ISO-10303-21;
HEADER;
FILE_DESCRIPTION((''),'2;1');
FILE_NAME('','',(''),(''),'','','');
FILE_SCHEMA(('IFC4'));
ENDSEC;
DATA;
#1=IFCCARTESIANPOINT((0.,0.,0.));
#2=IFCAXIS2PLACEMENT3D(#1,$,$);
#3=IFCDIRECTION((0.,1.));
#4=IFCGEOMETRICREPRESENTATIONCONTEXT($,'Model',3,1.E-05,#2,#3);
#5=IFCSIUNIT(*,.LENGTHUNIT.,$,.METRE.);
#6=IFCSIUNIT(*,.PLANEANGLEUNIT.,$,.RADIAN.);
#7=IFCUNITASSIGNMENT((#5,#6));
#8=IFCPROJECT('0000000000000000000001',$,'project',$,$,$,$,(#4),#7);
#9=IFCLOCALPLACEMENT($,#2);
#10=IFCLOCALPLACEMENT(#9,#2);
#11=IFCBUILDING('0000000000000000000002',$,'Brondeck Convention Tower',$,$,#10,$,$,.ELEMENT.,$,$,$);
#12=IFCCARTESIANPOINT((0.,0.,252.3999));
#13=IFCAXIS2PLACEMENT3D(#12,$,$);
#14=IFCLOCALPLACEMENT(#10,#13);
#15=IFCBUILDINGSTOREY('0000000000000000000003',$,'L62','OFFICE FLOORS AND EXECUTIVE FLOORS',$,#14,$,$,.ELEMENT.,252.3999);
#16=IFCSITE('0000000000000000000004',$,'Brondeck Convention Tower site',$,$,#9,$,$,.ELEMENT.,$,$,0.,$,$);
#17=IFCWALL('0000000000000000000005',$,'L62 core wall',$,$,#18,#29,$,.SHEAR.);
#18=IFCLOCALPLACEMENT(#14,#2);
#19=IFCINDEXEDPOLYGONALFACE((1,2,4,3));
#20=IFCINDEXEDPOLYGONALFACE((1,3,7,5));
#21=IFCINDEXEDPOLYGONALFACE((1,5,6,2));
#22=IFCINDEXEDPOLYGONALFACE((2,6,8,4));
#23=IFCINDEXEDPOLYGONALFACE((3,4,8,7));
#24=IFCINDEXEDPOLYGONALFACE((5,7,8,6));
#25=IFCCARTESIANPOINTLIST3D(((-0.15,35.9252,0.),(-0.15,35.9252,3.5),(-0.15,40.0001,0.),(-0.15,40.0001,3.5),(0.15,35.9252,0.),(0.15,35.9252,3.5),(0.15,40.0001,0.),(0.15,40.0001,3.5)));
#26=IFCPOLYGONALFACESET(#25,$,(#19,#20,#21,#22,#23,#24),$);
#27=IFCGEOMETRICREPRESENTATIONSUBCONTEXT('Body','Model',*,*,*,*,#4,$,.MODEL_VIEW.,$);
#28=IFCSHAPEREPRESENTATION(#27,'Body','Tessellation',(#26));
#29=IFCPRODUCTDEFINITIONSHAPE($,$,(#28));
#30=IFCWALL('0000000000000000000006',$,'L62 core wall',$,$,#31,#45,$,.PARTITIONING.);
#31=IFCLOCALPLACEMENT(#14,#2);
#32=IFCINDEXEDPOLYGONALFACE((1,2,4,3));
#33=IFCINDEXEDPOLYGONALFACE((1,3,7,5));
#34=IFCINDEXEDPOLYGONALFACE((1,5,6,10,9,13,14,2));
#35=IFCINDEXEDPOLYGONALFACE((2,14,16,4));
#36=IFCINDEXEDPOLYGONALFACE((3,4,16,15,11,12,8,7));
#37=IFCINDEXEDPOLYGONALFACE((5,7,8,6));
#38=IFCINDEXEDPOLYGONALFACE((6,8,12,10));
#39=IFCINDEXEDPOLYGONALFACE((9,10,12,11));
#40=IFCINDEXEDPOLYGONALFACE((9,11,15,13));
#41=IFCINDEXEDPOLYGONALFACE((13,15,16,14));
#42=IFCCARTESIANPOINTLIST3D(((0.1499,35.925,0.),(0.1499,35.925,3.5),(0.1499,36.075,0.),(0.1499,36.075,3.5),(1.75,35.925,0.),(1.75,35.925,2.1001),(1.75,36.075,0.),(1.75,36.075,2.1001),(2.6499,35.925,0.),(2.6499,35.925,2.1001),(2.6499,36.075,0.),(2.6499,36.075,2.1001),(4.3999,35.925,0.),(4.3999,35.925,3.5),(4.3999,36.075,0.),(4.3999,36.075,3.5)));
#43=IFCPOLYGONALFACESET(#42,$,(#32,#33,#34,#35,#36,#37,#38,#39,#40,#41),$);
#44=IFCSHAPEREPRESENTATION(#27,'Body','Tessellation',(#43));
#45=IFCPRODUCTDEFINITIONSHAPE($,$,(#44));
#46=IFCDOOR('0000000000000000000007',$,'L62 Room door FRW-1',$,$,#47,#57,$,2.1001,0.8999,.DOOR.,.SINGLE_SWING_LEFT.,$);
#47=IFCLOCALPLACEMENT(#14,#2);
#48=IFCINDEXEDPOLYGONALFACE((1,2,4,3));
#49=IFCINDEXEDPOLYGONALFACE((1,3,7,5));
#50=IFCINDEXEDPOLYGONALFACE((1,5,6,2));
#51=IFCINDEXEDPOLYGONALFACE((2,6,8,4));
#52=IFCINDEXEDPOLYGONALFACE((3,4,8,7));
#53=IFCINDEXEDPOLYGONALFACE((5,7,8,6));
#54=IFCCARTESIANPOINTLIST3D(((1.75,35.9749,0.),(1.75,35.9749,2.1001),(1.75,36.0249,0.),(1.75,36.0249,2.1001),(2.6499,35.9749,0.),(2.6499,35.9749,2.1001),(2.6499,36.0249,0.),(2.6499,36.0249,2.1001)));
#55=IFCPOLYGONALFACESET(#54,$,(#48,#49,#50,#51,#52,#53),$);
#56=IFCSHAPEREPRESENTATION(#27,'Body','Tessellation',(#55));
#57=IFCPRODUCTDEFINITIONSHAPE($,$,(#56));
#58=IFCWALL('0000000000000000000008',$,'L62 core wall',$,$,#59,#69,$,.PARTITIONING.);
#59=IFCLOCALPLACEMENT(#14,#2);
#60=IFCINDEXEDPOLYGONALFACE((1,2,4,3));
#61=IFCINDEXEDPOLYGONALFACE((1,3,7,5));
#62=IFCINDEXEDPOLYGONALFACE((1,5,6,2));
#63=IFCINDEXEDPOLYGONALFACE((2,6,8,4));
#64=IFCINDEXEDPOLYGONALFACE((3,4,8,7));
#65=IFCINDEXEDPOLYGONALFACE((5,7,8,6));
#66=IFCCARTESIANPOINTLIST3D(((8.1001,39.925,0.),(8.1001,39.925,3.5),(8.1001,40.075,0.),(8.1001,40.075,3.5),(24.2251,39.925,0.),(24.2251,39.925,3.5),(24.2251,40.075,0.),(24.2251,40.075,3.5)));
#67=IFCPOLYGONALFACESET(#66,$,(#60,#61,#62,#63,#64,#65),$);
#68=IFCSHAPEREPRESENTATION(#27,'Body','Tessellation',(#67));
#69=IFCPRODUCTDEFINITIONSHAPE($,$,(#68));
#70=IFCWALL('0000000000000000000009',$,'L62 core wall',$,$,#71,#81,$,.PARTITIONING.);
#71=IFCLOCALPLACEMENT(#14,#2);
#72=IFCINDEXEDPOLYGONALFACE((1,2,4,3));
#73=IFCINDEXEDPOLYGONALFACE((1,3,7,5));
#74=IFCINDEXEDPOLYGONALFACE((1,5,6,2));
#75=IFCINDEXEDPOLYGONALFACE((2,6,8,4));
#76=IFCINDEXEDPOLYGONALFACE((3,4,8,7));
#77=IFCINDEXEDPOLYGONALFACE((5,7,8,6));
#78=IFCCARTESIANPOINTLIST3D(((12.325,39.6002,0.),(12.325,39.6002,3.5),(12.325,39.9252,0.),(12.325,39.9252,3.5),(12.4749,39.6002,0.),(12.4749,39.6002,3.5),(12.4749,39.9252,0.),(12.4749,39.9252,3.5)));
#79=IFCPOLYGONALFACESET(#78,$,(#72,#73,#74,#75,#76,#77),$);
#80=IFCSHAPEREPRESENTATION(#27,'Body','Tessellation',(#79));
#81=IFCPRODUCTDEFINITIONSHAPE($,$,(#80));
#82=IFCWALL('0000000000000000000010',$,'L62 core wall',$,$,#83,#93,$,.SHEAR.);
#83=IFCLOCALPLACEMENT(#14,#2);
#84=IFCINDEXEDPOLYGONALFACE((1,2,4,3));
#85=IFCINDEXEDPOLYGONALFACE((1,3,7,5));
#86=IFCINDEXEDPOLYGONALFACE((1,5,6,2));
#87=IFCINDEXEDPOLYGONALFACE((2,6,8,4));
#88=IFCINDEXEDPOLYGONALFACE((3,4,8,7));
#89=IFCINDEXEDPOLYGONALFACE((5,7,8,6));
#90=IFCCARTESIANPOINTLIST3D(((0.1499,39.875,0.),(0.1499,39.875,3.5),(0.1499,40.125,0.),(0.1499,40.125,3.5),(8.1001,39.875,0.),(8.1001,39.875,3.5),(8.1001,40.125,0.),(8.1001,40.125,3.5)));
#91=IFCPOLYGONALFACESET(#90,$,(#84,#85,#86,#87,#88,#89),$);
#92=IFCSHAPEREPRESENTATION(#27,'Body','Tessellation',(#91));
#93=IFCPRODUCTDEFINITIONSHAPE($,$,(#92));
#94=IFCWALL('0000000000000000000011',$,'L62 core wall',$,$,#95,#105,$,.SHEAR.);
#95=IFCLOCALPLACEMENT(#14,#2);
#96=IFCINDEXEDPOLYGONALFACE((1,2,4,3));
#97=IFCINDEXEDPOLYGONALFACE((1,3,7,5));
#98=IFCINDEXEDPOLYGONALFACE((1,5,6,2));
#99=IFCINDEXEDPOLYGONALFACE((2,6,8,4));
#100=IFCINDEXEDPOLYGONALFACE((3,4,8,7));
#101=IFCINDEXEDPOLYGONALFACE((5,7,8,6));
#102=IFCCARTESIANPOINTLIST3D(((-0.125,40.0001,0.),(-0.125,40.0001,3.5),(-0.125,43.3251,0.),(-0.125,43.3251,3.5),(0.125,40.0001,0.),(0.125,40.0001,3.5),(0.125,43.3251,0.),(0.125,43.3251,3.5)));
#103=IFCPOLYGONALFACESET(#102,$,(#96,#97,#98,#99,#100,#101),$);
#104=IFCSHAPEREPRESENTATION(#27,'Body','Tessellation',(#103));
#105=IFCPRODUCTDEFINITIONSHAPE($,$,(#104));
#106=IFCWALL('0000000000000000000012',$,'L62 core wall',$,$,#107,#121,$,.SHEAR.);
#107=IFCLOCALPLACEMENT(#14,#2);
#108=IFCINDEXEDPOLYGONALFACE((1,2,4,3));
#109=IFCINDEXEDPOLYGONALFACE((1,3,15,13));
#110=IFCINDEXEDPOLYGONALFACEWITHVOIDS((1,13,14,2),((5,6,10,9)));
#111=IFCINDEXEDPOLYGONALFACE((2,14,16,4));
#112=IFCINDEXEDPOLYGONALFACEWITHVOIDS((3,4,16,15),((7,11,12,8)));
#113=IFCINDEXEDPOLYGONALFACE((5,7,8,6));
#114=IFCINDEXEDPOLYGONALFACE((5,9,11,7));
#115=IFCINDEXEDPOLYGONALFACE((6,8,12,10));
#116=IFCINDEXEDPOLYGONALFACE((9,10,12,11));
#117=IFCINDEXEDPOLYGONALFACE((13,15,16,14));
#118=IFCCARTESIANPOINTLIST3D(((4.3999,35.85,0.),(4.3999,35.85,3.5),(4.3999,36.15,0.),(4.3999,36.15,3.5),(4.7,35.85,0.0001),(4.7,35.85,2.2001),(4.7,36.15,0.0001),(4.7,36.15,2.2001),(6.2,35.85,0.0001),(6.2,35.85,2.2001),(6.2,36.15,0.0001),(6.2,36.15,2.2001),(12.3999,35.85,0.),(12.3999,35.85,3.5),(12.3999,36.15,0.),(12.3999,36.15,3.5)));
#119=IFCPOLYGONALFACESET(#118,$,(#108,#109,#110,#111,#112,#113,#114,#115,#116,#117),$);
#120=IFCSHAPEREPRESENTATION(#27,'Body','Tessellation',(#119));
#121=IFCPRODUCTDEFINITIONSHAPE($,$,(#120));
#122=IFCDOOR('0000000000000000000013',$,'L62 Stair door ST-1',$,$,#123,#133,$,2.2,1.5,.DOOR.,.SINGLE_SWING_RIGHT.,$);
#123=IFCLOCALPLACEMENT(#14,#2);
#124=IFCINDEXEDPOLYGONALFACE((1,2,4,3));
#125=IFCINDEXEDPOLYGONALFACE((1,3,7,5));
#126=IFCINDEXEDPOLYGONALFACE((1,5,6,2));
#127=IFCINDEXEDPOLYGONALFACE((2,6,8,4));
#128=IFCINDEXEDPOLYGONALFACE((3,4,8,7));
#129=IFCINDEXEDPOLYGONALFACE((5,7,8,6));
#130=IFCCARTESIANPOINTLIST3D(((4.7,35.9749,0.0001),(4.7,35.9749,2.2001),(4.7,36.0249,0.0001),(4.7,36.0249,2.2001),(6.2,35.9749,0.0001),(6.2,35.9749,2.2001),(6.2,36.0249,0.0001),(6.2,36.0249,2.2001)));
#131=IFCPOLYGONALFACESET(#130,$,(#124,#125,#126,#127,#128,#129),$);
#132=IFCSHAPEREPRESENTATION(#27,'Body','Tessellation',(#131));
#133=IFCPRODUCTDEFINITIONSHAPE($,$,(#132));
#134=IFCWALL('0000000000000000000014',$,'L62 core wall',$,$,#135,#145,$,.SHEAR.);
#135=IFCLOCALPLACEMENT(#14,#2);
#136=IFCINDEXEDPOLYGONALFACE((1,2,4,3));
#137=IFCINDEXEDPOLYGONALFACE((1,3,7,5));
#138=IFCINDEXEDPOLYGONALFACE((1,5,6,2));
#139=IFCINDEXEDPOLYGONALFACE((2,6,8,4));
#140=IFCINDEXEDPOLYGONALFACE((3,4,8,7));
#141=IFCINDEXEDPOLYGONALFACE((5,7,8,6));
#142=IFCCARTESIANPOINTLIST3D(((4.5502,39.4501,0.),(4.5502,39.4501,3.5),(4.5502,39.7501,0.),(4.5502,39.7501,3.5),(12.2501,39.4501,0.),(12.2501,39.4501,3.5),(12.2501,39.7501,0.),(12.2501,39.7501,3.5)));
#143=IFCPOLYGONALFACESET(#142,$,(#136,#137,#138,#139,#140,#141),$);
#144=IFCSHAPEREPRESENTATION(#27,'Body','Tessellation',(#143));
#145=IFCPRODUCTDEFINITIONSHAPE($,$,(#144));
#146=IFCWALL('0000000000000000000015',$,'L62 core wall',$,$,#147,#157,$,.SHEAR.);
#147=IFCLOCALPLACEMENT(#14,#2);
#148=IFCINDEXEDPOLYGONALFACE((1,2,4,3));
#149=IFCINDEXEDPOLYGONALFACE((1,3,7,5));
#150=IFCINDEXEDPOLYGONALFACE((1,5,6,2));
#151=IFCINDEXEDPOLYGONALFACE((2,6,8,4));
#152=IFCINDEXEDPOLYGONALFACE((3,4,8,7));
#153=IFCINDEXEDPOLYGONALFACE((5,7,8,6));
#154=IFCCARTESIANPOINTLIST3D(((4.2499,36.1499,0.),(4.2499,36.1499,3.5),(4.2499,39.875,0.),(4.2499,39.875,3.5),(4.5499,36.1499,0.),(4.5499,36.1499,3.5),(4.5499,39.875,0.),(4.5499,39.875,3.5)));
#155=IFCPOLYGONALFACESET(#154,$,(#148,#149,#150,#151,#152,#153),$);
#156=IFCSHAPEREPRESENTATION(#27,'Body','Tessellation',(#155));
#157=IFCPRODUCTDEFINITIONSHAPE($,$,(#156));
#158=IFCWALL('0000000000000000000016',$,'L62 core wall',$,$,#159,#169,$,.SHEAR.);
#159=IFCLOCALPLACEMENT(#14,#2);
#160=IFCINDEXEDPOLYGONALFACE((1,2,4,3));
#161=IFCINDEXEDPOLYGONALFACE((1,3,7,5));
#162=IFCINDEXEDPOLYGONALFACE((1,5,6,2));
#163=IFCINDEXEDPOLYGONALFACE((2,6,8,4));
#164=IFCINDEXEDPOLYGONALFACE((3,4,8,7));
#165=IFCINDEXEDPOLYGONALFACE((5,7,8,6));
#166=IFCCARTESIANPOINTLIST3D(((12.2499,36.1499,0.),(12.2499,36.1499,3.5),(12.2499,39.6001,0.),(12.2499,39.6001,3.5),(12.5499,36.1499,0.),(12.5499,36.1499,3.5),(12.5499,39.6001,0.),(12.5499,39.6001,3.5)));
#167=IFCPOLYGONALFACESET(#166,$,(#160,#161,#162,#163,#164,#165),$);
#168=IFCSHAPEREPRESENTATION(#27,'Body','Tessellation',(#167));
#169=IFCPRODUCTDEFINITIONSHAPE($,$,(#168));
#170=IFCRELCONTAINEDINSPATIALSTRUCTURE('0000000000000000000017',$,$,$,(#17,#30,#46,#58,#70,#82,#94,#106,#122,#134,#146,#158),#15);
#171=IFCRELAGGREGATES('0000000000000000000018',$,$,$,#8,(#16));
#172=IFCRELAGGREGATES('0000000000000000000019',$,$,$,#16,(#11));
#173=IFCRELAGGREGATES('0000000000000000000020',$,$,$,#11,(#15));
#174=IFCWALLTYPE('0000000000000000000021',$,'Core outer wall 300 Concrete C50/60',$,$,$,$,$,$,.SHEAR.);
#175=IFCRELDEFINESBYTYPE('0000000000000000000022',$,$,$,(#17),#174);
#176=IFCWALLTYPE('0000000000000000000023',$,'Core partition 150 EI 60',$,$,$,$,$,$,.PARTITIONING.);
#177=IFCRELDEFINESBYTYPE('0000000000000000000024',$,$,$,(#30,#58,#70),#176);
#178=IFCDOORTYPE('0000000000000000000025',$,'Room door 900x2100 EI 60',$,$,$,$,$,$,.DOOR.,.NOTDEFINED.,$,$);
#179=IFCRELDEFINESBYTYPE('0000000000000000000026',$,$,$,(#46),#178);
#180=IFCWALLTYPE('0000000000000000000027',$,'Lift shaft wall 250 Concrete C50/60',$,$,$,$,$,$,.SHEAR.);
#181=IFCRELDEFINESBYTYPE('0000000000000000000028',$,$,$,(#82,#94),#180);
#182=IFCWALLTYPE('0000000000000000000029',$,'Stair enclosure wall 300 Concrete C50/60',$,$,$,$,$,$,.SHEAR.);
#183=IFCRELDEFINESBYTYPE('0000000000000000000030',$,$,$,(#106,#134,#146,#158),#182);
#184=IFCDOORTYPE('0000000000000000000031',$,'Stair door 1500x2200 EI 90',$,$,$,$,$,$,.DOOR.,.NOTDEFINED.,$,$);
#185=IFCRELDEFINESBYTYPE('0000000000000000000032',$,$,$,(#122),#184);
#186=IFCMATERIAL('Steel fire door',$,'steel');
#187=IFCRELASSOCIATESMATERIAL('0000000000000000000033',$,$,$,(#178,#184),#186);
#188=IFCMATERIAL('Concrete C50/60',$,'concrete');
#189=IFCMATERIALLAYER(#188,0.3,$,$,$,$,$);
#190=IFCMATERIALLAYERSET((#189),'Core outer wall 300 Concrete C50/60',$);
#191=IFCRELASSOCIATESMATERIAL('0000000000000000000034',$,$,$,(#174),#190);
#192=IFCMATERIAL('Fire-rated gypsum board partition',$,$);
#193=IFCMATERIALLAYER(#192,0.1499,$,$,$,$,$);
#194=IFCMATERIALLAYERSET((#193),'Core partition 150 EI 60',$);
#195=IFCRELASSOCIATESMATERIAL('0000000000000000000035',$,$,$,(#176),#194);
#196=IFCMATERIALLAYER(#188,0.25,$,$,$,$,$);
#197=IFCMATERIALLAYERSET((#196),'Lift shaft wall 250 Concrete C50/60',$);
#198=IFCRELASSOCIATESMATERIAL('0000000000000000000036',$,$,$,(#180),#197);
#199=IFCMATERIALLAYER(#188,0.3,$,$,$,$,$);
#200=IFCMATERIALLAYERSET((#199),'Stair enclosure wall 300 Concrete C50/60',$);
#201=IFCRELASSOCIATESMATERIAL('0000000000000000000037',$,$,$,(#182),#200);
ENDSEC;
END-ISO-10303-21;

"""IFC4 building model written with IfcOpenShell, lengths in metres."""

from ifc_helpers import new_model, si_unit, direction, frame, frame_2d, origin, place, context, subcontext, project, spatial, rectangle, extrude, material, layer, layer_set, type_object, element, fill, save


model = new_model("IFC4")

# Units and contexts
model_context = context("Model", 3, precision=1e-05, world=origin(), true_north=direction((0.0, 1.0)))
body_context = subcontext(model_context, "Body", "Model", "MODEL_VIEW")
ifc_project = project(units=[si_unit("LENGTHUNIT", "METRE"), si_unit("PLANEANGLEUNIT", "RADIAN")], contexts=[model_context])

# Site, building, storey
site_placement = place(None, origin())
site = spatial("IfcSite", under=ifc_project, at=site_placement, Name="Brondeck Convention Tower site", CompositionType="ELEMENT", RefElevation=0.0)
building_placement = place(site_placement, origin())
building = spatial("IfcBuilding", under=site, at=building_placement, Name="Brondeck Convention Tower", CompositionType="ELEMENT")
storey_placement = place(building_placement, frame((0.0, 0.0, 252.3999)))
storey = spatial("IfcBuildingStorey", under=building, at=storey_placement, Name="L62", Description="OFFICE FLOORS AND EXECUTIVE FLOORS", CompositionType="ELEMENT", Elevation=252.3999)

# Shared definitions
ifc_material_1 = material(Name="Concrete C50/60", Category="concrete")

# Shared definitions
ifc_material_2 = material(Name="Steel fire door", Category="steel")
door_type_1 = type_object("IfcDoorType", Name="Room door 900x2100 EI 60", OperationType="NOTDEFINED", PredefinedType="DOOR", material=ifc_material_2)

# Wall
ifc_layer_1 = layer(ifc_material_1, 0.3)
ifc_layer_set_1 = layer_set([ifc_layer_1], Name="Core outer wall 300 Concrete C50/60")
wall_type_1 = type_object("IfcWallType", Name="Core outer wall 300 Concrete C50/60", PredefinedType="SHEAR", material=ifc_layer_set_1)
wall_1_placement = place(storey_placement, frame((0.0, 35.925, 0.0), z_axis=(0.0, 0.0, 1.0), x_axis=(0.0, 1.0, 0.0)))
element("IfcWall", 1, at=wall_1_placement, inside=storey, type_object=wall_type_1, Name="L62 core wall", PredefinedType="SHEAR", context=body_context, shape_type="SweptSolid", body=[
    extrude(rectangle(XDim=4.075, YDim=0.3, at=frame_2d((2.0376, 0.0))), origin(), (0.0, 0.0, 1.0), 3.5),
])

# Wall, opening, door
ifc_material_3 = material(Name="Fire-rated gypsum board partition")
ifc_layer_2 = layer(ifc_material_3, 0.1499)
ifc_layer_set_2 = layer_set([ifc_layer_2], Name="Core partition 150 EI 60")
wall_type_2 = type_object("IfcWallType", Name="Core partition 150 EI 60", PredefinedType="PARTITIONING", material=ifc_layer_set_2)
wall_2_placement = place(storey_placement, frame((0.1499, 36.0, 0.0), z_axis=(0.0, 0.0, 1.0), x_axis=(1.0, 0.0, 0.0)))
wall_2 = element("IfcWall", 2, at=wall_2_placement, inside=storey, type_object=wall_type_2, Name="L62 core wall", PredefinedType="PARTITIONING", context=body_context, shape_type="SweptSolid", body=[
    extrude(rectangle(XDim=4.25, YDim=0.1499, at=frame_2d((2.125, 0.0))), origin(), (0.0, 0.0, 1.0), 3.5),
])
opening_1_placement = place(wall_2_placement, frame((1.6001, 0.0, 0.0)))
opening_1 = element("IfcOpeningElement", 3, at=opening_1_placement, cuts=wall_2, PredefinedType="OPENING", context=body_context, shape_type="SweptSolid", body=[
    extrude(rectangle(XDim=0.8999, YDim=2.1001, at=frame_2d((0.45, 1.05))), frame((0.0, 0.085, 0.0), z_axis=(0.0, -1.0, 0.0), x_axis=(1.0, 0.0, 0.0)), (0.0, 0.0, 1.0), 0.1699),
])
door_1_placement = place(opening_1_placement, origin())
door_1 = element("IfcDoor", 4, at=door_1_placement, inside=storey, type_object=door_type_1, Name="L62 Room door FRW-1", OperationType="SINGLE_SWING_LEFT", OverallHeight=2.1001, OverallWidth=0.8999, PredefinedType="DOOR", context=body_context, shape_type="SweptSolid", body=[
    extrude(rectangle(XDim=0.8999, YDim=2.1001, at=frame_2d((0.45, 1.05))), frame((0.0, 0.0249, 0.0), z_axis=(0.0, -1.0, 0.0), x_axis=(1.0, 0.0, 0.0)), (0.0, 0.0, 1.0), 0.05),
])
fill(opening_1, door_1)

# Walls
wall_3_placement = place(storey_placement, frame((8.1001, 40.0, 0.0), z_axis=(0.0, 0.0, 1.0), x_axis=(1.0, 0.0, 0.0)))
element("IfcWall", 5, at=wall_3_placement, inside=storey, type_object=wall_type_2, Name="L62 core wall", PredefinedType="PARTITIONING", context=body_context, shape_type="SweptSolid", body=[
    extrude(rectangle(XDim=16.125, YDim=0.1499, at=frame_2d((8.0625, 0.0))), origin(), (0.0, 0.0, 1.0), 3.5),
])
wall_4_placement = place(storey_placement, frame((12.3999, 39.6001, 0.0), z_axis=(0.0, 0.0, 1.0), x_axis=(0.0, 1.0, 0.0)))
element("IfcWall", 6, at=wall_4_placement, inside=storey, type_object=wall_type_2, Name="L62 core wall", PredefinedType="PARTITIONING", context=body_context, shape_type="SweptSolid", body=[
    extrude(rectangle(XDim=0.325, YDim=0.1499, at=frame_2d((0.1626, 0.0))), origin(), (0.0, 0.0, 1.0), 3.5),
])
ifc_layer_3 = layer(ifc_material_1, 0.25)
ifc_layer_set_3 = layer_set([ifc_layer_3], Name="Lift shaft wall 250 Concrete C50/60")
wall_type_3 = type_object("IfcWallType", Name="Lift shaft wall 250 Concrete C50/60", PredefinedType="SHEAR", material=ifc_layer_set_3)
wall_5_placement = place(storey_placement, frame((0.1499, 40.0, 0.0), z_axis=(0.0, 0.0, 1.0), x_axis=(1.0, 0.0, 0.0)))
element("IfcWall", 7, at=wall_5_placement, inside=storey, type_object=wall_type_3, Name="L62 core wall", PredefinedType="SHEAR", context=body_context, shape_type="SweptSolid", body=[
    extrude(rectangle(XDim=7.9502, YDim=0.25, at=frame_2d((3.9751, 0.0))), origin(), (0.0, 0.0, 1.0), 3.5),
])
wall_6_placement = place(storey_placement, frame((0.0, 40.0, 0.0), z_axis=(0.0, 0.0, 1.0), x_axis=(0.0, 1.0, 0.0)))
element("IfcWall", 8, at=wall_6_placement, inside=storey, type_object=wall_type_3, Name="L62 core wall", PredefinedType="SHEAR", context=body_context, shape_type="SweptSolid", body=[
    extrude(rectangle(XDim=3.325, YDim=0.25, at=frame_2d((1.6626, 0.0))), origin(), (0.0, 0.0, 1.0), 3.5),
])

# Wall, opening, door
ifc_layer_4 = layer(ifc_material_1, 0.3)
ifc_layer_set_4 = layer_set([ifc_layer_4], Name="Stair enclosure wall 300 Concrete C50/60")
wall_type_4 = type_object("IfcWallType", Name="Stair enclosure wall 300 Concrete C50/60", PredefinedType="SHEAR", material=ifc_layer_set_4)
wall_7_placement = place(storey_placement, frame((4.3999, 36.0, 0.0), z_axis=(0.0, 0.0, 1.0), x_axis=(1.0, 0.0, 0.0)))
wall_7 = element("IfcWall", 9, at=wall_7_placement, inside=storey, type_object=wall_type_4, Name="L62 core wall", PredefinedType="SHEAR", context=body_context, shape_type="SweptSolid", body=[
    extrude(rectangle(XDim=8.0, YDim=0.3, at=frame_2d((4.0, 0.0))), origin(), (0.0, 0.0, 1.0), 3.5),
])
opening_2_placement = place(wall_7_placement, frame((0.3, 0.0, 0.0)))
opening_2 = element("IfcOpeningElement", 10, at=opening_2_placement, cuts=wall_7, PredefinedType="OPENING", context=body_context, shape_type="SweptSolid", body=[
    extrude(rectangle(XDim=1.5, YDim=2.2, at=frame_2d((0.75, 1.1001))), frame((0.0, 0.1599, 0.0), z_axis=(0.0, -1.0, 0.0), x_axis=(1.0, 0.0, 0.0)), (0.0, 0.0, 1.0), 0.3201),
])
door_type_2 = type_object("IfcDoorType", Name="Stair door 1500x2200 EI 90", OperationType="NOTDEFINED", PredefinedType="DOOR", material=ifc_material_2)
door_2_placement = place(opening_2_placement, origin())
door_2 = element("IfcDoor", 11, at=door_2_placement, inside=storey, type_object=door_type_2, Name="L62 Stair door ST-1", OperationType="SINGLE_SWING_RIGHT", OverallHeight=2.2, OverallWidth=1.5, PredefinedType="DOOR", context=body_context, shape_type="SweptSolid", body=[
    extrude(rectangle(XDim=1.5, YDim=2.2, at=frame_2d((0.75, 1.1001))), frame((0.0, 0.0249, 0.0), z_axis=(0.0, -1.0, 0.0), x_axis=(1.0, 0.0, 0.0)), (0.0, 0.0, 1.0), 0.05),
])
fill(opening_2, door_2)

# Walls
wall_8_placement = place(storey_placement, frame((4.55, 39.6001, 0.0), z_axis=(0.0, 0.0, 1.0), x_axis=(1.0, 0.0, 0.0)))
element("IfcWall", 12, at=wall_8_placement, inside=storey, type_object=wall_type_4, Name="L62 core wall", PredefinedType="SHEAR", context=body_context, shape_type="SweptSolid", body=[
    extrude(rectangle(XDim=7.7, YDim=0.3, at=frame_2d((3.8501, 0.0))), origin(), (0.0, 0.0, 1.0), 3.5),
])
wall_9_placement = place(storey_placement, frame((4.3999, 36.1499, 0.0), z_axis=(0.0, 0.0, 1.0), x_axis=(0.0, 1.0, 0.0)))
element("IfcWall", 13, at=wall_9_placement, inside=storey, type_object=wall_type_4, Name="L62 core wall", PredefinedType="SHEAR", context=body_context, shape_type="SweptSolid", body=[
    extrude(rectangle(XDim=3.7251, YDim=0.3, at=frame_2d((1.8625, 0.0))), origin(), (0.0, 0.0, 1.0), 3.5),
])
wall_10_placement = place(storey_placement, frame((12.3999, 36.1499, 0.0), z_axis=(0.0, 0.0, 1.0), x_axis=(0.0, 1.0, 0.0)))
element("IfcWall", 14, at=wall_10_placement, inside=storey, type_object=wall_type_4, Name="L62 core wall", PredefinedType="SHEAR", context=body_context, shape_type="SweptSolid", body=[
    extrude(rectangle(XDim=3.4502, YDim=0.3, at=frame_2d((1.7251, 0.0))), origin(), (0.0, 0.0, 1.0), 3.5),
])

save(model, "model.ifc")
